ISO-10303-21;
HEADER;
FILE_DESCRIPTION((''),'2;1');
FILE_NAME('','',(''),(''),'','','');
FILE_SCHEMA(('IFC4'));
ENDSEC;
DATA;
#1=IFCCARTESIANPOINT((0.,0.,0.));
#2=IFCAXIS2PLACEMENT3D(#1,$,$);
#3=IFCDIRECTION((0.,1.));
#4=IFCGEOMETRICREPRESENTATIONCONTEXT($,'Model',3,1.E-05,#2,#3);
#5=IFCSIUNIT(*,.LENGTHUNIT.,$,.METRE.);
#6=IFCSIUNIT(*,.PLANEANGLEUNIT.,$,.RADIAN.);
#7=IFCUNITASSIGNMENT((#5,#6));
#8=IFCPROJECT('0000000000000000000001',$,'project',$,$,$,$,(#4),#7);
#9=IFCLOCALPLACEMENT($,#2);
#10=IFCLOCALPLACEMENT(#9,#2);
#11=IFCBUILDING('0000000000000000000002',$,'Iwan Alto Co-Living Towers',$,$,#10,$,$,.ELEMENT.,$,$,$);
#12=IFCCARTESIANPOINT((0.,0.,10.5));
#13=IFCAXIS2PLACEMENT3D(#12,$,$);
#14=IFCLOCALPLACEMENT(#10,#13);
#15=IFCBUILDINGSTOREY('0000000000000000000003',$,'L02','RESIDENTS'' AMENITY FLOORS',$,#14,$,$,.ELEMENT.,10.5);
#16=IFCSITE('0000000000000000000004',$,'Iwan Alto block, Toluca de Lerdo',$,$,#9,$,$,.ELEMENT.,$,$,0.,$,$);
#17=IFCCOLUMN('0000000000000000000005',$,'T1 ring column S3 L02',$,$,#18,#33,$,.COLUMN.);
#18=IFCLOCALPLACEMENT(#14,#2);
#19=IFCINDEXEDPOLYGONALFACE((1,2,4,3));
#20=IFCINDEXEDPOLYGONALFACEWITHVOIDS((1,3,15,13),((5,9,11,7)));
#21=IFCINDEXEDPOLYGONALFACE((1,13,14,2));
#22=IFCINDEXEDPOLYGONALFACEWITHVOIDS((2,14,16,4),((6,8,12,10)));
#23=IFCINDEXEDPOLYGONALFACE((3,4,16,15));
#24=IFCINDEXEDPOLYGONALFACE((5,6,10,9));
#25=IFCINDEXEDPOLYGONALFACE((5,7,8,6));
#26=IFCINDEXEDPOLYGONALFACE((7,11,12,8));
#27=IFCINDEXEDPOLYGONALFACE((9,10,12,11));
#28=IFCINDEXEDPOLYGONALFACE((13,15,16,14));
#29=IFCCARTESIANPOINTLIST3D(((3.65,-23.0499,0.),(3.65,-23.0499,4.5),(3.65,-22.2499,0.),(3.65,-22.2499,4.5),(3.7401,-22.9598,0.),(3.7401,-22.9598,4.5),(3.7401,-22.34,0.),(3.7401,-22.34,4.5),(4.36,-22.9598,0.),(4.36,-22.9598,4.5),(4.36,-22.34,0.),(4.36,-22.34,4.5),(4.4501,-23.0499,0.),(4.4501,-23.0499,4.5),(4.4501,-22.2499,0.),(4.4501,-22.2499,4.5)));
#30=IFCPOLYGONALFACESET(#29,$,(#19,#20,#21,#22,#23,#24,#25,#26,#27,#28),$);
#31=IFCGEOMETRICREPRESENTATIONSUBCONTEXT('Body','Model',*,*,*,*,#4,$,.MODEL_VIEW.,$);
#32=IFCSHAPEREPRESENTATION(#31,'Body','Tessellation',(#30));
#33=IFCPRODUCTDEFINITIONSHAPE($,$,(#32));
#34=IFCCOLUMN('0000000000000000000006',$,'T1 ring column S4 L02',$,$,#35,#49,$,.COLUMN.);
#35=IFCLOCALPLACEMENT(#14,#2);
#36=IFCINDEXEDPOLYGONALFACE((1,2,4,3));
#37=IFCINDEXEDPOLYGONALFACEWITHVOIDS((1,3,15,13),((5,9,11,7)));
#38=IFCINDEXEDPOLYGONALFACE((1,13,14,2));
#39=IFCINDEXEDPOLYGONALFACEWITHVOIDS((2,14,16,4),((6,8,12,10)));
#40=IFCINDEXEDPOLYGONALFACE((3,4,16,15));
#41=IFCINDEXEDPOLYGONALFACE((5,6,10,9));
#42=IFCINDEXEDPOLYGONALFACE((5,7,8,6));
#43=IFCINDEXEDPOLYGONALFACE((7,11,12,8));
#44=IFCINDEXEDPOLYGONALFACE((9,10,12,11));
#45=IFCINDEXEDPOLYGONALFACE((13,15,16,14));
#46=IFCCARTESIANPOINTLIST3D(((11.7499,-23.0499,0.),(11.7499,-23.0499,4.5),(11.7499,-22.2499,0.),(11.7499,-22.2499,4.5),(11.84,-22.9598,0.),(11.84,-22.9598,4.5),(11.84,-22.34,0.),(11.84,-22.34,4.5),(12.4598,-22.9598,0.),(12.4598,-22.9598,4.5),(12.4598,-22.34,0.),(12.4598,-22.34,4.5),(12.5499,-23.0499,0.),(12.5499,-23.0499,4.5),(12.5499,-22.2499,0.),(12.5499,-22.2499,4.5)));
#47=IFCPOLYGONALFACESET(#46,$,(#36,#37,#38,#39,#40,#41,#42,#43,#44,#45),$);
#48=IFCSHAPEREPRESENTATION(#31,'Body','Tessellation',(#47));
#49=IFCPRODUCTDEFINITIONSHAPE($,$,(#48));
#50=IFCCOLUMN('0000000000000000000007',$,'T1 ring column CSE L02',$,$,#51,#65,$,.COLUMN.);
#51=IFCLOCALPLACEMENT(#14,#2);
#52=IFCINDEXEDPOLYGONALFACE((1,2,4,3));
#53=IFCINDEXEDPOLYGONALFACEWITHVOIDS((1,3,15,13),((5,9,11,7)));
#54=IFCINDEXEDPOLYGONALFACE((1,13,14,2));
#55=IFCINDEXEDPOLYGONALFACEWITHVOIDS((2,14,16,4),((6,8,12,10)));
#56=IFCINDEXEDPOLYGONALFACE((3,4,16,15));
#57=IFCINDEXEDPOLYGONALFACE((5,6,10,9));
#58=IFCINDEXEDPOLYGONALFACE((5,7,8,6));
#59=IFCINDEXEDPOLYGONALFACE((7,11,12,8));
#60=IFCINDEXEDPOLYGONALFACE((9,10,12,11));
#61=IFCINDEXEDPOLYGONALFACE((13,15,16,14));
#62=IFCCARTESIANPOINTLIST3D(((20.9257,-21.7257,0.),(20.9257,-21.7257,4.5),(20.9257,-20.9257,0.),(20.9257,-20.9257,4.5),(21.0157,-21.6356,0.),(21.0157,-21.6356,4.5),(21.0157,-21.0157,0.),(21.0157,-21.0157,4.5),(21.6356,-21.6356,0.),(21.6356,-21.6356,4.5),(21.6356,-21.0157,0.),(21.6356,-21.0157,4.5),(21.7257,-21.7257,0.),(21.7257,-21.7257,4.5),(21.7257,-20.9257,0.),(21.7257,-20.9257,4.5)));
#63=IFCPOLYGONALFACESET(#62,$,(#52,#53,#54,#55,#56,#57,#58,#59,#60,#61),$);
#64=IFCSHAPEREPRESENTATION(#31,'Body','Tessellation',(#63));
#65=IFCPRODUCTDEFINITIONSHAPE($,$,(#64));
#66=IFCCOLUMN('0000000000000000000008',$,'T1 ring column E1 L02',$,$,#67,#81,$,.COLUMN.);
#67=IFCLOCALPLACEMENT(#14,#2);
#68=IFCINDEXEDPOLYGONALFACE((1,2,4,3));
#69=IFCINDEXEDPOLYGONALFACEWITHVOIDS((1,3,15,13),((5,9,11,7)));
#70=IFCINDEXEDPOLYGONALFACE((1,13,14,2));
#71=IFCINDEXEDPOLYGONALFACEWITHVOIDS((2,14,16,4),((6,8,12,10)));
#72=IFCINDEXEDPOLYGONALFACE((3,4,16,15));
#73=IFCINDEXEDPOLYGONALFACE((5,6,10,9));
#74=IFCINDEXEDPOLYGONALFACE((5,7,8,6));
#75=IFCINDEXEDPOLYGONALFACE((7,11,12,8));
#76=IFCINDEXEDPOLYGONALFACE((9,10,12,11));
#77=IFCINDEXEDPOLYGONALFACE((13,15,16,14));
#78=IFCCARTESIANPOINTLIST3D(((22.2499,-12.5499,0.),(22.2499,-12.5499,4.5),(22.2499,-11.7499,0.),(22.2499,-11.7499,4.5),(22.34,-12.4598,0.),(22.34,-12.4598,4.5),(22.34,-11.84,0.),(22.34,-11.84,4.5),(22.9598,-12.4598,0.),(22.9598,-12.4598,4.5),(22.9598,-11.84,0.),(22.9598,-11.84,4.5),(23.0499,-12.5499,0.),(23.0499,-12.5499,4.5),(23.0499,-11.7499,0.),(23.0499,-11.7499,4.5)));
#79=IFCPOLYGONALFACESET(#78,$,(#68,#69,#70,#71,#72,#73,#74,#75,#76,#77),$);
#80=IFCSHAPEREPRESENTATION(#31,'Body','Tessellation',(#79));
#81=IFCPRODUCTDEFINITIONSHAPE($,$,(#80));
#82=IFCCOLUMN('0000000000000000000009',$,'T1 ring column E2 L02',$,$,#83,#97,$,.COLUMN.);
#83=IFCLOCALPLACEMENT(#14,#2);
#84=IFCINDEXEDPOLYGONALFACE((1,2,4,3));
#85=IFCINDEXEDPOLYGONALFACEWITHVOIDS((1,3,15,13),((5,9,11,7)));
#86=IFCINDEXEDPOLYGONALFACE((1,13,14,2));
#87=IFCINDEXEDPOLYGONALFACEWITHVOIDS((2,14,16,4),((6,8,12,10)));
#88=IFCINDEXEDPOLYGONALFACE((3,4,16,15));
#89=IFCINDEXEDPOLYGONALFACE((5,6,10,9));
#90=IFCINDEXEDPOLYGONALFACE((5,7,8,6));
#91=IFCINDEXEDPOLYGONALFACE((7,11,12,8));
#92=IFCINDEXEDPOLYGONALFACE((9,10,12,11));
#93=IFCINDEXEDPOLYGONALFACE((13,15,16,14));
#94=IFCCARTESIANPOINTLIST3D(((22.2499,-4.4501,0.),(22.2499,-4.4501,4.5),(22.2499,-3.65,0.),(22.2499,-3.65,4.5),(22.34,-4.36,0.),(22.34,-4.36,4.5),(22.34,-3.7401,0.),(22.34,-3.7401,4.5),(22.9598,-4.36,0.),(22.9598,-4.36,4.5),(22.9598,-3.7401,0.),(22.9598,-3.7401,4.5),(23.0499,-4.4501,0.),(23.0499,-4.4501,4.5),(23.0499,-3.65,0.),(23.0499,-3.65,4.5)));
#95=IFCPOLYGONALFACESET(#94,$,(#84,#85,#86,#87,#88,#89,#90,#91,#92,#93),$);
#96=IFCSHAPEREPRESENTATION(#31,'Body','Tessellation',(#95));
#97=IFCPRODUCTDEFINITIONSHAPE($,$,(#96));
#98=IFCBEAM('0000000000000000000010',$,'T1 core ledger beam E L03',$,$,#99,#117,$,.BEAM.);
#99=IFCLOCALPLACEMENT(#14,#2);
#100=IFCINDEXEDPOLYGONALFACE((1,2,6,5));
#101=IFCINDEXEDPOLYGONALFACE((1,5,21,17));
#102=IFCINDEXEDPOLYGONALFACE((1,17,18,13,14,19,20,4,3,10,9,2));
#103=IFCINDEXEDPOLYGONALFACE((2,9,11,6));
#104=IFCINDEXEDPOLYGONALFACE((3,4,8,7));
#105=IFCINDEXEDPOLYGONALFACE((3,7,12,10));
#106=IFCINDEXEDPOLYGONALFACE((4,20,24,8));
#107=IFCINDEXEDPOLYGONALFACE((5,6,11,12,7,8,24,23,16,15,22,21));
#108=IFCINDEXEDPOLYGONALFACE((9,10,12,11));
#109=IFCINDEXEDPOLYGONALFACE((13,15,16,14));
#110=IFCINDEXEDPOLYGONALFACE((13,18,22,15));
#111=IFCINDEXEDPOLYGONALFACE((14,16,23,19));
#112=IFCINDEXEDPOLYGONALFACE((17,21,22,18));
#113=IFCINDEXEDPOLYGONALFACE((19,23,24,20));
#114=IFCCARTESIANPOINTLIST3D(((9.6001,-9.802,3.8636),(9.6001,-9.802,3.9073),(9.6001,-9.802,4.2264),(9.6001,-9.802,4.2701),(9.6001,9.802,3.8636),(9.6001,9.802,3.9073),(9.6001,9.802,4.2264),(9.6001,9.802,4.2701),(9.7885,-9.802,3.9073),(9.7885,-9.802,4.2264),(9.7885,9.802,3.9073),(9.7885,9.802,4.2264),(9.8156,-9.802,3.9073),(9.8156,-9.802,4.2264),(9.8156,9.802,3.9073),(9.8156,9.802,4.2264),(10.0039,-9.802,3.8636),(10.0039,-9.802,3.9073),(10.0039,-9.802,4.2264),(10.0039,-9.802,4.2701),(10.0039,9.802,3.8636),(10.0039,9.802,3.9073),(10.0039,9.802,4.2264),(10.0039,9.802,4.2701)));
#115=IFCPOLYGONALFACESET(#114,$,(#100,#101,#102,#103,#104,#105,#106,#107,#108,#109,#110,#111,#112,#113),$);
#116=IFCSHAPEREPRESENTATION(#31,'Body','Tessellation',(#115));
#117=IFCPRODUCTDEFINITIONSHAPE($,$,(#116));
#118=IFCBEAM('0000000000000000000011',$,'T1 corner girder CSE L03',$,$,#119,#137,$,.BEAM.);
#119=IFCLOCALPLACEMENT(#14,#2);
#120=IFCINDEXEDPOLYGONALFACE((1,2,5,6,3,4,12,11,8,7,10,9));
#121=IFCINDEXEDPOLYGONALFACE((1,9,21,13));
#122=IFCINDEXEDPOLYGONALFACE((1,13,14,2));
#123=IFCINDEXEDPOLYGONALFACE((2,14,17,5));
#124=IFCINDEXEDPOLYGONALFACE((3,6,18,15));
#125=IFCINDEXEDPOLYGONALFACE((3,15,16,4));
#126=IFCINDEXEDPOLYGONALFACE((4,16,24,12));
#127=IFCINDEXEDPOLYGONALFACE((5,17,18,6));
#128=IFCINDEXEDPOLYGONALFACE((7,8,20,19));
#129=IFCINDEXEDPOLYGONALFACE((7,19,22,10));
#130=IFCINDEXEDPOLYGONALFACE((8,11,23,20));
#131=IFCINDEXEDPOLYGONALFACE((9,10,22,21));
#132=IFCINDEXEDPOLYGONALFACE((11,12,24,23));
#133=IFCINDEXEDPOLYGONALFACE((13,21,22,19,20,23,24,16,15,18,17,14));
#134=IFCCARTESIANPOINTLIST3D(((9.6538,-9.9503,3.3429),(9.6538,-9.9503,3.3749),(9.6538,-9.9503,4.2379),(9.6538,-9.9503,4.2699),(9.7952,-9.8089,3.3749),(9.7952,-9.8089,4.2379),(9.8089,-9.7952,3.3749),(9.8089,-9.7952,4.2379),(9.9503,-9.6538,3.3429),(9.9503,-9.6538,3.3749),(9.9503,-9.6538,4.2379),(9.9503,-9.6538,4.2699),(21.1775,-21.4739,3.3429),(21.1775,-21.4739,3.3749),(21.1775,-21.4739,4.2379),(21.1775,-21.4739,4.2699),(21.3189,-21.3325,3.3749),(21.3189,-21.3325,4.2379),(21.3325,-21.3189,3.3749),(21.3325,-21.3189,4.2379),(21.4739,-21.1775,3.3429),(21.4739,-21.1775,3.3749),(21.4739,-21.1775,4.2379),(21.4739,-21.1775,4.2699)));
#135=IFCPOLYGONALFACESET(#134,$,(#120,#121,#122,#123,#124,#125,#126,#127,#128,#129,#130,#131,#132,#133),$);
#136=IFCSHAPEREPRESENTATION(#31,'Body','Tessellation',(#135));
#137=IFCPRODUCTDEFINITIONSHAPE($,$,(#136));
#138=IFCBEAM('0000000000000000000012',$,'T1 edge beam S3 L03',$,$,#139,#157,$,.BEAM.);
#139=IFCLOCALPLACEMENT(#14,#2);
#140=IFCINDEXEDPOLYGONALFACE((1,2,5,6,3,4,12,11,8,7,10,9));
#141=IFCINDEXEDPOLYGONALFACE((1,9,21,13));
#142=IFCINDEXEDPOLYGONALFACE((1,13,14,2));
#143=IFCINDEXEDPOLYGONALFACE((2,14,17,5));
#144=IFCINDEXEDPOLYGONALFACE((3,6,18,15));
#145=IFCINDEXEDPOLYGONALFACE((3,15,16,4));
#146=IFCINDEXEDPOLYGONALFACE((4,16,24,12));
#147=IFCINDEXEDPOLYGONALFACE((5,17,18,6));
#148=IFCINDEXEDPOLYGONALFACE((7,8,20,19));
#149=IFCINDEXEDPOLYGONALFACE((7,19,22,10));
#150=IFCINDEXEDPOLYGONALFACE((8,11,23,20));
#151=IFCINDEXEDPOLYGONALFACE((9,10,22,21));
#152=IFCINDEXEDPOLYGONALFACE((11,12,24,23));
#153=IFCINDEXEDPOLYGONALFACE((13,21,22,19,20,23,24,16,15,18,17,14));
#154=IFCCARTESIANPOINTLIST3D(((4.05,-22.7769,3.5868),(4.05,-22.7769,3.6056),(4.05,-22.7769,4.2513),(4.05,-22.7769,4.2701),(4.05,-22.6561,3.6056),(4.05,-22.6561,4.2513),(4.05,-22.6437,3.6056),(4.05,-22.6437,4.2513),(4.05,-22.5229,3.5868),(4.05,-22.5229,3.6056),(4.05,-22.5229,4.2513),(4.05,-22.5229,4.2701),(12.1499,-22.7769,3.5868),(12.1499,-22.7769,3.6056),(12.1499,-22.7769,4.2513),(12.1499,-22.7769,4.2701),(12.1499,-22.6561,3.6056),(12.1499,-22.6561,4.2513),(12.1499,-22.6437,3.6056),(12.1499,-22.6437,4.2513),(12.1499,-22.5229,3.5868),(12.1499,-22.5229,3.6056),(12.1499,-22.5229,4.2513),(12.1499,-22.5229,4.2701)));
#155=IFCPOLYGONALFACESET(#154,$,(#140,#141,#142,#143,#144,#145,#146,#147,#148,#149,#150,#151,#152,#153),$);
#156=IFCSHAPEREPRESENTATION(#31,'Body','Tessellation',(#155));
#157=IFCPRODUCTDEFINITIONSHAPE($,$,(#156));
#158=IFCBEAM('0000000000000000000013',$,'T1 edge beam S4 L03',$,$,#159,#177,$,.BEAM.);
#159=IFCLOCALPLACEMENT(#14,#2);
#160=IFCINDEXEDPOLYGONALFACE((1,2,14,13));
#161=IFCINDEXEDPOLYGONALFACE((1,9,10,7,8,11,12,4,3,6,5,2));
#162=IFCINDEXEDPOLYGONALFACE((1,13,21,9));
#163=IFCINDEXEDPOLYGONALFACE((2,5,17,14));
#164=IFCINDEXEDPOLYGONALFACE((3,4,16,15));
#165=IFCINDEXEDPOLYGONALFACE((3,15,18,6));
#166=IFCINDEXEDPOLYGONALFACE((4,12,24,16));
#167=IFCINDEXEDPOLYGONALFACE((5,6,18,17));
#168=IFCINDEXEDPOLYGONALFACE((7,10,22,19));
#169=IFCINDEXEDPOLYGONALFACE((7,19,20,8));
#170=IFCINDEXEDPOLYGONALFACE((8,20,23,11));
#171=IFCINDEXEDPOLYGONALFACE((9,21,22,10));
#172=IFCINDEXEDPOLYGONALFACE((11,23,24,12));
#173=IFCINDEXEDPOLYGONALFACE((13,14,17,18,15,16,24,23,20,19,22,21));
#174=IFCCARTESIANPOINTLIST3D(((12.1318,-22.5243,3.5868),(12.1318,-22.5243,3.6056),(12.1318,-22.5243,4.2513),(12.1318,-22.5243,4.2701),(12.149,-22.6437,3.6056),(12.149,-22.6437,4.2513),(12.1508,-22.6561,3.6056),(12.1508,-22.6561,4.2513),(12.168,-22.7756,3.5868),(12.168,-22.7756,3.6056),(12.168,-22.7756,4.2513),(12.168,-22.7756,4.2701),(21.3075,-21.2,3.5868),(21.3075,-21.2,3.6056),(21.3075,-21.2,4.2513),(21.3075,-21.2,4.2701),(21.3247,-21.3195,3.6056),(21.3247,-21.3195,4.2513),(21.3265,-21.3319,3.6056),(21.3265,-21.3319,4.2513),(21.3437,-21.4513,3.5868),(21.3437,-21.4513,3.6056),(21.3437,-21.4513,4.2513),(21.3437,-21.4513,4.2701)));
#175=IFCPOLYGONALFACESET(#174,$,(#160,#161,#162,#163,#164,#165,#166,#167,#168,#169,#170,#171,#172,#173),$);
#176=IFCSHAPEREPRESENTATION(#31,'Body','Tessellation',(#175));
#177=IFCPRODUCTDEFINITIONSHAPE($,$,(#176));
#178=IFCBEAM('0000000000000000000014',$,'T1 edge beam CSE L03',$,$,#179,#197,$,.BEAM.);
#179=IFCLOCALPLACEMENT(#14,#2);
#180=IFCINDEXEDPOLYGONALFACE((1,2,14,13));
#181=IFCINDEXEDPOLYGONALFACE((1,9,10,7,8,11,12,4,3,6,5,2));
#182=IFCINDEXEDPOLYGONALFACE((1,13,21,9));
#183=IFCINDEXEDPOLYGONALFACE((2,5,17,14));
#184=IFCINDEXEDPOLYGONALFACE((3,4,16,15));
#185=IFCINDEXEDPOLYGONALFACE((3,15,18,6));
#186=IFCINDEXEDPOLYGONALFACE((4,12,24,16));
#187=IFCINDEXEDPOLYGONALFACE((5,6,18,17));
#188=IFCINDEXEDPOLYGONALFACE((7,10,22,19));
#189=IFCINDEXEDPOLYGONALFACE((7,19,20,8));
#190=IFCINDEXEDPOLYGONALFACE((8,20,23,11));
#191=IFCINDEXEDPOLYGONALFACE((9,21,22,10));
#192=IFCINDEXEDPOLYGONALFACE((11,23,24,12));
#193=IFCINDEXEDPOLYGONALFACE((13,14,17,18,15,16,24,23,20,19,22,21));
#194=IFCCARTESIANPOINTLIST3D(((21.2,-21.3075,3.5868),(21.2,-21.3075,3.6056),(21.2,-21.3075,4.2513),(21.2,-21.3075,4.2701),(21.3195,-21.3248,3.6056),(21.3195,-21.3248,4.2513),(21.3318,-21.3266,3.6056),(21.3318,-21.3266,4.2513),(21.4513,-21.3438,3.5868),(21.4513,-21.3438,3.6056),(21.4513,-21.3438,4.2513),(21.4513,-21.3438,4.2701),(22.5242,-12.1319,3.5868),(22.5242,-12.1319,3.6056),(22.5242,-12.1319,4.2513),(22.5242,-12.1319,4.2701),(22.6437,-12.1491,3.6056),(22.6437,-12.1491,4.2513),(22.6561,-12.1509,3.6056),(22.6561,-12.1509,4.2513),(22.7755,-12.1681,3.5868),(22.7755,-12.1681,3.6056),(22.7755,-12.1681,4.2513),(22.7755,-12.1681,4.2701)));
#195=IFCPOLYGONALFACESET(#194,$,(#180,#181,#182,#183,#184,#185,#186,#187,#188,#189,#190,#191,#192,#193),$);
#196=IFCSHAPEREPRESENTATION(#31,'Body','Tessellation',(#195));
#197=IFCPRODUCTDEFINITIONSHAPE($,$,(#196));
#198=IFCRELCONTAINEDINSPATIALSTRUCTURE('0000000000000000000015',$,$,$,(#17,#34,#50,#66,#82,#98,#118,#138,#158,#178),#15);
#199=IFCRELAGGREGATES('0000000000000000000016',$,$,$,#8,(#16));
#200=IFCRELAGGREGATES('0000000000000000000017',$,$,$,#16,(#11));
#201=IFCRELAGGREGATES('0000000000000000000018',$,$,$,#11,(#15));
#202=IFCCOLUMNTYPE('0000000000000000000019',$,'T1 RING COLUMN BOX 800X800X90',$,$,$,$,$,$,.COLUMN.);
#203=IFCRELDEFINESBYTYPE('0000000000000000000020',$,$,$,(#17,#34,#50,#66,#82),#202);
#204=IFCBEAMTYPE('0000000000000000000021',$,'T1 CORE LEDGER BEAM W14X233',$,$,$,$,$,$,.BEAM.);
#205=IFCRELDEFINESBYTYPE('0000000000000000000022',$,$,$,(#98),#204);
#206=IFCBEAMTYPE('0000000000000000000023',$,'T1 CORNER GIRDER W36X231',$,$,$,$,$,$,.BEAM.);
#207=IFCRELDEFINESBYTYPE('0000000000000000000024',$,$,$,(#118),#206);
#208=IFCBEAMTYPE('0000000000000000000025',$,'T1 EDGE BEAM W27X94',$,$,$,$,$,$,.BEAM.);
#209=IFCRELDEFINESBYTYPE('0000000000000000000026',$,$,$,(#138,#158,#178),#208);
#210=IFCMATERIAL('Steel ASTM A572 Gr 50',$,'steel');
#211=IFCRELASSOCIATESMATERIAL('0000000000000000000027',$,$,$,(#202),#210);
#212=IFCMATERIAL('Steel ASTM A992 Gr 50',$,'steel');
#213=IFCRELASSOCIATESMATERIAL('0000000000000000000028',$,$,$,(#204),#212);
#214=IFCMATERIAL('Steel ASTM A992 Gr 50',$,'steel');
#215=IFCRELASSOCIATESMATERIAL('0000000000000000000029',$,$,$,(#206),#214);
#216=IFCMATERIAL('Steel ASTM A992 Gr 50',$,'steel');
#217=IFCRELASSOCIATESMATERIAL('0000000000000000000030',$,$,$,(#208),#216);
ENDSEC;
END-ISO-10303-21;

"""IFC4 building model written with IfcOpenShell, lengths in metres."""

from ifc_helpers import new_model, si_unit, direction, frame, origin, origin_2d, place, context, subcontext, project, spatial, hollow_rectangle, i_section, extrude, material, material_profile, profile_set, type_object, element, save


model = new_model("IFC4")

# Units and contexts
model_context = context("Model", 3, precision=1e-05, world=origin(), true_north=direction((0.0, 1.0)))
body_context = subcontext(model_context, "Body", "Model", "MODEL_VIEW")
ifc_project = project(units=[si_unit("LENGTHUNIT", "METRE"), si_unit("PLANEANGLEUNIT", "RADIAN")], contexts=[model_context])

# Site, building, storey
site_placement = place(None, origin())
site = spatial("IfcSite", under=ifc_project, at=site_placement, Name="Iwan Alto block, Toluca de Lerdo", CompositionType="ELEMENT", RefElevation=0.0)
building_placement = place(site_placement, origin())
building = spatial("IfcBuilding", under=site, at=building_placement, Name="Iwan Alto Co-Living Towers", CompositionType="ELEMENT")
storey_placement = place(building_placement, frame((0.0, 0.0, 10.5)))
storey = spatial("IfcBuildingStorey", under=building, at=storey_placement, Name="L02", Description="RESIDENTS' AMENITY FLOORS", CompositionType="ELEMENT", Elevation=10.5)

# Columns
ifc_material_1 = material(Name="Steel ASTM A572 Gr 50", Category="steel")
ifc_material_profile_1 = material_profile(ifc_material_1, hollow_rectangle(XDim=0.8, YDim=0.8, WallThickness=0.0901, at=origin_2d()), Name="BOX 800X800X90")
ifc_profile_set_1 = profile_set([ifc_material_profile_1], Name="Steel ASTM A572 Gr 50")
column_type = type_object("IfcColumnType", Name="T1 RING COLUMN BOX 800X800X90", PredefinedType="COLUMN", material=ifc_profile_set_1)
for number, where, z_axis, x_axis, name in (
    (1, (4.05, -22.6499, 0.0), (0.0, 0.0, 1.0), (1.0, 0.0, 0.0), "T1 ring column S3 L02"),
    (2, (12.1499, -22.6499, 0.0), (0.0, 0.0, 1.0), (1.0, 0.0, 0.0), "T1 ring column S4 L02"),
    (3, (21.3257, -21.3257, 0.0), (0.0, 0.0, 1.0), (1.0, 0.0, 0.0), "T1 ring column CSE L02"),
    (4, (22.6499, -12.1499, 0.0), (0.0, 0.0, 1.0), (1.0, 0.0, 0.0), "T1 ring column E1 L02"),
    (5, (22.6499, -4.05, 0.0), (0.0, 0.0, 1.0), (1.0, 0.0, 0.0), "T1 ring column E2 L02"),
):
    element("IfcColumn", number, at=place(storey_placement, frame(where, z_axis=z_axis, x_axis=x_axis)), inside=storey, type_object=column_type, Name=name, PredefinedType="COLUMN", context=body_context, shape_type="SweptSolid", body=[
        extrude(hollow_rectangle(XDim=0.8, YDim=0.8, WallThickness=0.0901, at=origin_2d()), origin(), (0.0, 0.0, 1.0), 4.5),
    ])

# Beams
ifc_material_2 = material(Name="Steel ASTM A992 Gr 50", Category="steel")
ifc_material_profile_2 = material_profile(ifc_material_2, i_section(OverallWidth=0.4038, OverallDepth=0.4065, WebThickness=0.0271, FlangeThickness=0.0437, at=origin_2d()), Name="W14X233")
ifc_profile_set_2 = profile_set([ifc_material_profile_2], Name="Steel ASTM A992 Gr 50")
beam_type_1 = type_object("IfcBeamType", Name="T1 CORE LEDGER BEAM W14X233", PredefinedType="BEAM", material=ifc_profile_set_2)
beam_1_placement = place(storey_placement, frame((9.802, -9.802, 4.0669), z_axis=(0.0, 1.0, 0.0), x_axis=(-1.0, 0.0, 0.0)))
element("IfcBeam", 6, at=beam_1_placement, inside=storey, type_object=beam_type_1, Name="T1 core ledger beam E L03", PredefinedType="BEAM", context=body_context, shape_type="SweptSolid", body=[
    extrude(i_section(OverallWidth=0.4038, OverallDepth=0.4065, WebThickness=0.0271, FlangeThickness=0.0437, at=origin_2d()), origin(), (0.0, 0.0, 1.0), 19.604),
])
ifc_material_3 = material(Name="Steel ASTM A992 Gr 50", Category="steel")
ifc_material_profile_3 = material_profile(ifc_material_3, i_section(OverallWidth=0.4192, OverallDepth=0.927, WebThickness=0.0193, FlangeThickness=0.032, at=origin_2d()), Name="W36X231")
ifc_profile_set_3 = profile_set([ifc_material_profile_3], Name="Steel ASTM A992 Gr 50")
beam_type_2 = type_object("IfcBeamType", Name="T1 CORNER GIRDER W36X231", PredefinedType="BEAM", material=ifc_profile_set_3)
beam_2_placement = place(storey_placement, frame((21.3257, -21.3257, 3.8064), z_axis=(-0.707107, 0.707107, 0.0), x_axis=(-0.707107, -0.707107, 0.0)))
element("IfcBeam", 7, at=beam_2_placement, inside=storey, type_object=beam_type_2, Name="T1 corner girder CSE L03", PredefinedType="BEAM", context=body_context, shape_type="SweptSolid", body=[
    extrude(i_section(OverallWidth=0.4192, OverallDepth=0.927, WebThickness=0.0193, FlangeThickness=0.032, at=origin_2d()), origin(), (0.0, 0.0, 1.0), 16.2969),
])
ifc_material_4 = material(Name="Steel ASTM A992 Gr 50", Category="steel")
ifc_material_profile_4 = material_profile(ifc_material_4, i_section(OverallWidth=0.2539, OverallDepth=0.6833, WebThickness=0.0125, FlangeThickness=0.0188, at=origin_2d()), Name="W27X94")
ifc_profile_set_4 = profile_set([ifc_material_profile_4], Name="Steel ASTM A992 Gr 50")
beam_type_3 = type_object("IfcBeamType", Name="T1 EDGE BEAM W27X94", PredefinedType="BEAM", material=ifc_profile_set_4)
beam_3_placement = place(storey_placement, frame((4.05, -22.6499, 3.9285), z_axis=(1.0, 0.0, 0.0), x_axis=(0.0, 1.0, 0.0)))
element("IfcBeam", 8, at=beam_3_placement, inside=storey, type_object=beam_type_3, Name="T1 edge beam S3 L03", PredefinedType="BEAM", context=body_context, shape_type="SweptSolid", body=[
    extrude(i_section(OverallWidth=0.2539, OverallDepth=0.6833, WebThickness=0.0125, FlangeThickness=0.0188, at=origin_2d()), origin(), (0.0, 0.0, 1.0), 8.0999),
])
for number, where, z_axis, x_axis, name in (
    (9, (12.1499, -22.6499, 3.9285), (0.989746, 0.142837, 0.0), (-0.142837, 0.989746, 0.0), "T1 edge beam S4 L03"),
    (10, (21.3257, -21.3257, 3.9285), (0.142837, 0.989746, 0.0), (-0.989746, 0.142837, 0.0), "T1 edge beam CSE L03"),
):
    element("IfcBeam", number, at=place(storey_placement, frame(where, z_axis=z_axis, x_axis=x_axis)), inside=storey, type_object=beam_type_3, Name=name, PredefinedType="BEAM", context=body_context, shape_type="SweptSolid", body=[
        extrude(i_section(OverallWidth=0.2539, OverallDepth=0.6833, WebThickness=0.0125, FlangeThickness=0.0188, at=origin_2d()), origin(), (0.0, 0.0, 1.0), 9.2708),
    ])

save(model, "model.ifc")
